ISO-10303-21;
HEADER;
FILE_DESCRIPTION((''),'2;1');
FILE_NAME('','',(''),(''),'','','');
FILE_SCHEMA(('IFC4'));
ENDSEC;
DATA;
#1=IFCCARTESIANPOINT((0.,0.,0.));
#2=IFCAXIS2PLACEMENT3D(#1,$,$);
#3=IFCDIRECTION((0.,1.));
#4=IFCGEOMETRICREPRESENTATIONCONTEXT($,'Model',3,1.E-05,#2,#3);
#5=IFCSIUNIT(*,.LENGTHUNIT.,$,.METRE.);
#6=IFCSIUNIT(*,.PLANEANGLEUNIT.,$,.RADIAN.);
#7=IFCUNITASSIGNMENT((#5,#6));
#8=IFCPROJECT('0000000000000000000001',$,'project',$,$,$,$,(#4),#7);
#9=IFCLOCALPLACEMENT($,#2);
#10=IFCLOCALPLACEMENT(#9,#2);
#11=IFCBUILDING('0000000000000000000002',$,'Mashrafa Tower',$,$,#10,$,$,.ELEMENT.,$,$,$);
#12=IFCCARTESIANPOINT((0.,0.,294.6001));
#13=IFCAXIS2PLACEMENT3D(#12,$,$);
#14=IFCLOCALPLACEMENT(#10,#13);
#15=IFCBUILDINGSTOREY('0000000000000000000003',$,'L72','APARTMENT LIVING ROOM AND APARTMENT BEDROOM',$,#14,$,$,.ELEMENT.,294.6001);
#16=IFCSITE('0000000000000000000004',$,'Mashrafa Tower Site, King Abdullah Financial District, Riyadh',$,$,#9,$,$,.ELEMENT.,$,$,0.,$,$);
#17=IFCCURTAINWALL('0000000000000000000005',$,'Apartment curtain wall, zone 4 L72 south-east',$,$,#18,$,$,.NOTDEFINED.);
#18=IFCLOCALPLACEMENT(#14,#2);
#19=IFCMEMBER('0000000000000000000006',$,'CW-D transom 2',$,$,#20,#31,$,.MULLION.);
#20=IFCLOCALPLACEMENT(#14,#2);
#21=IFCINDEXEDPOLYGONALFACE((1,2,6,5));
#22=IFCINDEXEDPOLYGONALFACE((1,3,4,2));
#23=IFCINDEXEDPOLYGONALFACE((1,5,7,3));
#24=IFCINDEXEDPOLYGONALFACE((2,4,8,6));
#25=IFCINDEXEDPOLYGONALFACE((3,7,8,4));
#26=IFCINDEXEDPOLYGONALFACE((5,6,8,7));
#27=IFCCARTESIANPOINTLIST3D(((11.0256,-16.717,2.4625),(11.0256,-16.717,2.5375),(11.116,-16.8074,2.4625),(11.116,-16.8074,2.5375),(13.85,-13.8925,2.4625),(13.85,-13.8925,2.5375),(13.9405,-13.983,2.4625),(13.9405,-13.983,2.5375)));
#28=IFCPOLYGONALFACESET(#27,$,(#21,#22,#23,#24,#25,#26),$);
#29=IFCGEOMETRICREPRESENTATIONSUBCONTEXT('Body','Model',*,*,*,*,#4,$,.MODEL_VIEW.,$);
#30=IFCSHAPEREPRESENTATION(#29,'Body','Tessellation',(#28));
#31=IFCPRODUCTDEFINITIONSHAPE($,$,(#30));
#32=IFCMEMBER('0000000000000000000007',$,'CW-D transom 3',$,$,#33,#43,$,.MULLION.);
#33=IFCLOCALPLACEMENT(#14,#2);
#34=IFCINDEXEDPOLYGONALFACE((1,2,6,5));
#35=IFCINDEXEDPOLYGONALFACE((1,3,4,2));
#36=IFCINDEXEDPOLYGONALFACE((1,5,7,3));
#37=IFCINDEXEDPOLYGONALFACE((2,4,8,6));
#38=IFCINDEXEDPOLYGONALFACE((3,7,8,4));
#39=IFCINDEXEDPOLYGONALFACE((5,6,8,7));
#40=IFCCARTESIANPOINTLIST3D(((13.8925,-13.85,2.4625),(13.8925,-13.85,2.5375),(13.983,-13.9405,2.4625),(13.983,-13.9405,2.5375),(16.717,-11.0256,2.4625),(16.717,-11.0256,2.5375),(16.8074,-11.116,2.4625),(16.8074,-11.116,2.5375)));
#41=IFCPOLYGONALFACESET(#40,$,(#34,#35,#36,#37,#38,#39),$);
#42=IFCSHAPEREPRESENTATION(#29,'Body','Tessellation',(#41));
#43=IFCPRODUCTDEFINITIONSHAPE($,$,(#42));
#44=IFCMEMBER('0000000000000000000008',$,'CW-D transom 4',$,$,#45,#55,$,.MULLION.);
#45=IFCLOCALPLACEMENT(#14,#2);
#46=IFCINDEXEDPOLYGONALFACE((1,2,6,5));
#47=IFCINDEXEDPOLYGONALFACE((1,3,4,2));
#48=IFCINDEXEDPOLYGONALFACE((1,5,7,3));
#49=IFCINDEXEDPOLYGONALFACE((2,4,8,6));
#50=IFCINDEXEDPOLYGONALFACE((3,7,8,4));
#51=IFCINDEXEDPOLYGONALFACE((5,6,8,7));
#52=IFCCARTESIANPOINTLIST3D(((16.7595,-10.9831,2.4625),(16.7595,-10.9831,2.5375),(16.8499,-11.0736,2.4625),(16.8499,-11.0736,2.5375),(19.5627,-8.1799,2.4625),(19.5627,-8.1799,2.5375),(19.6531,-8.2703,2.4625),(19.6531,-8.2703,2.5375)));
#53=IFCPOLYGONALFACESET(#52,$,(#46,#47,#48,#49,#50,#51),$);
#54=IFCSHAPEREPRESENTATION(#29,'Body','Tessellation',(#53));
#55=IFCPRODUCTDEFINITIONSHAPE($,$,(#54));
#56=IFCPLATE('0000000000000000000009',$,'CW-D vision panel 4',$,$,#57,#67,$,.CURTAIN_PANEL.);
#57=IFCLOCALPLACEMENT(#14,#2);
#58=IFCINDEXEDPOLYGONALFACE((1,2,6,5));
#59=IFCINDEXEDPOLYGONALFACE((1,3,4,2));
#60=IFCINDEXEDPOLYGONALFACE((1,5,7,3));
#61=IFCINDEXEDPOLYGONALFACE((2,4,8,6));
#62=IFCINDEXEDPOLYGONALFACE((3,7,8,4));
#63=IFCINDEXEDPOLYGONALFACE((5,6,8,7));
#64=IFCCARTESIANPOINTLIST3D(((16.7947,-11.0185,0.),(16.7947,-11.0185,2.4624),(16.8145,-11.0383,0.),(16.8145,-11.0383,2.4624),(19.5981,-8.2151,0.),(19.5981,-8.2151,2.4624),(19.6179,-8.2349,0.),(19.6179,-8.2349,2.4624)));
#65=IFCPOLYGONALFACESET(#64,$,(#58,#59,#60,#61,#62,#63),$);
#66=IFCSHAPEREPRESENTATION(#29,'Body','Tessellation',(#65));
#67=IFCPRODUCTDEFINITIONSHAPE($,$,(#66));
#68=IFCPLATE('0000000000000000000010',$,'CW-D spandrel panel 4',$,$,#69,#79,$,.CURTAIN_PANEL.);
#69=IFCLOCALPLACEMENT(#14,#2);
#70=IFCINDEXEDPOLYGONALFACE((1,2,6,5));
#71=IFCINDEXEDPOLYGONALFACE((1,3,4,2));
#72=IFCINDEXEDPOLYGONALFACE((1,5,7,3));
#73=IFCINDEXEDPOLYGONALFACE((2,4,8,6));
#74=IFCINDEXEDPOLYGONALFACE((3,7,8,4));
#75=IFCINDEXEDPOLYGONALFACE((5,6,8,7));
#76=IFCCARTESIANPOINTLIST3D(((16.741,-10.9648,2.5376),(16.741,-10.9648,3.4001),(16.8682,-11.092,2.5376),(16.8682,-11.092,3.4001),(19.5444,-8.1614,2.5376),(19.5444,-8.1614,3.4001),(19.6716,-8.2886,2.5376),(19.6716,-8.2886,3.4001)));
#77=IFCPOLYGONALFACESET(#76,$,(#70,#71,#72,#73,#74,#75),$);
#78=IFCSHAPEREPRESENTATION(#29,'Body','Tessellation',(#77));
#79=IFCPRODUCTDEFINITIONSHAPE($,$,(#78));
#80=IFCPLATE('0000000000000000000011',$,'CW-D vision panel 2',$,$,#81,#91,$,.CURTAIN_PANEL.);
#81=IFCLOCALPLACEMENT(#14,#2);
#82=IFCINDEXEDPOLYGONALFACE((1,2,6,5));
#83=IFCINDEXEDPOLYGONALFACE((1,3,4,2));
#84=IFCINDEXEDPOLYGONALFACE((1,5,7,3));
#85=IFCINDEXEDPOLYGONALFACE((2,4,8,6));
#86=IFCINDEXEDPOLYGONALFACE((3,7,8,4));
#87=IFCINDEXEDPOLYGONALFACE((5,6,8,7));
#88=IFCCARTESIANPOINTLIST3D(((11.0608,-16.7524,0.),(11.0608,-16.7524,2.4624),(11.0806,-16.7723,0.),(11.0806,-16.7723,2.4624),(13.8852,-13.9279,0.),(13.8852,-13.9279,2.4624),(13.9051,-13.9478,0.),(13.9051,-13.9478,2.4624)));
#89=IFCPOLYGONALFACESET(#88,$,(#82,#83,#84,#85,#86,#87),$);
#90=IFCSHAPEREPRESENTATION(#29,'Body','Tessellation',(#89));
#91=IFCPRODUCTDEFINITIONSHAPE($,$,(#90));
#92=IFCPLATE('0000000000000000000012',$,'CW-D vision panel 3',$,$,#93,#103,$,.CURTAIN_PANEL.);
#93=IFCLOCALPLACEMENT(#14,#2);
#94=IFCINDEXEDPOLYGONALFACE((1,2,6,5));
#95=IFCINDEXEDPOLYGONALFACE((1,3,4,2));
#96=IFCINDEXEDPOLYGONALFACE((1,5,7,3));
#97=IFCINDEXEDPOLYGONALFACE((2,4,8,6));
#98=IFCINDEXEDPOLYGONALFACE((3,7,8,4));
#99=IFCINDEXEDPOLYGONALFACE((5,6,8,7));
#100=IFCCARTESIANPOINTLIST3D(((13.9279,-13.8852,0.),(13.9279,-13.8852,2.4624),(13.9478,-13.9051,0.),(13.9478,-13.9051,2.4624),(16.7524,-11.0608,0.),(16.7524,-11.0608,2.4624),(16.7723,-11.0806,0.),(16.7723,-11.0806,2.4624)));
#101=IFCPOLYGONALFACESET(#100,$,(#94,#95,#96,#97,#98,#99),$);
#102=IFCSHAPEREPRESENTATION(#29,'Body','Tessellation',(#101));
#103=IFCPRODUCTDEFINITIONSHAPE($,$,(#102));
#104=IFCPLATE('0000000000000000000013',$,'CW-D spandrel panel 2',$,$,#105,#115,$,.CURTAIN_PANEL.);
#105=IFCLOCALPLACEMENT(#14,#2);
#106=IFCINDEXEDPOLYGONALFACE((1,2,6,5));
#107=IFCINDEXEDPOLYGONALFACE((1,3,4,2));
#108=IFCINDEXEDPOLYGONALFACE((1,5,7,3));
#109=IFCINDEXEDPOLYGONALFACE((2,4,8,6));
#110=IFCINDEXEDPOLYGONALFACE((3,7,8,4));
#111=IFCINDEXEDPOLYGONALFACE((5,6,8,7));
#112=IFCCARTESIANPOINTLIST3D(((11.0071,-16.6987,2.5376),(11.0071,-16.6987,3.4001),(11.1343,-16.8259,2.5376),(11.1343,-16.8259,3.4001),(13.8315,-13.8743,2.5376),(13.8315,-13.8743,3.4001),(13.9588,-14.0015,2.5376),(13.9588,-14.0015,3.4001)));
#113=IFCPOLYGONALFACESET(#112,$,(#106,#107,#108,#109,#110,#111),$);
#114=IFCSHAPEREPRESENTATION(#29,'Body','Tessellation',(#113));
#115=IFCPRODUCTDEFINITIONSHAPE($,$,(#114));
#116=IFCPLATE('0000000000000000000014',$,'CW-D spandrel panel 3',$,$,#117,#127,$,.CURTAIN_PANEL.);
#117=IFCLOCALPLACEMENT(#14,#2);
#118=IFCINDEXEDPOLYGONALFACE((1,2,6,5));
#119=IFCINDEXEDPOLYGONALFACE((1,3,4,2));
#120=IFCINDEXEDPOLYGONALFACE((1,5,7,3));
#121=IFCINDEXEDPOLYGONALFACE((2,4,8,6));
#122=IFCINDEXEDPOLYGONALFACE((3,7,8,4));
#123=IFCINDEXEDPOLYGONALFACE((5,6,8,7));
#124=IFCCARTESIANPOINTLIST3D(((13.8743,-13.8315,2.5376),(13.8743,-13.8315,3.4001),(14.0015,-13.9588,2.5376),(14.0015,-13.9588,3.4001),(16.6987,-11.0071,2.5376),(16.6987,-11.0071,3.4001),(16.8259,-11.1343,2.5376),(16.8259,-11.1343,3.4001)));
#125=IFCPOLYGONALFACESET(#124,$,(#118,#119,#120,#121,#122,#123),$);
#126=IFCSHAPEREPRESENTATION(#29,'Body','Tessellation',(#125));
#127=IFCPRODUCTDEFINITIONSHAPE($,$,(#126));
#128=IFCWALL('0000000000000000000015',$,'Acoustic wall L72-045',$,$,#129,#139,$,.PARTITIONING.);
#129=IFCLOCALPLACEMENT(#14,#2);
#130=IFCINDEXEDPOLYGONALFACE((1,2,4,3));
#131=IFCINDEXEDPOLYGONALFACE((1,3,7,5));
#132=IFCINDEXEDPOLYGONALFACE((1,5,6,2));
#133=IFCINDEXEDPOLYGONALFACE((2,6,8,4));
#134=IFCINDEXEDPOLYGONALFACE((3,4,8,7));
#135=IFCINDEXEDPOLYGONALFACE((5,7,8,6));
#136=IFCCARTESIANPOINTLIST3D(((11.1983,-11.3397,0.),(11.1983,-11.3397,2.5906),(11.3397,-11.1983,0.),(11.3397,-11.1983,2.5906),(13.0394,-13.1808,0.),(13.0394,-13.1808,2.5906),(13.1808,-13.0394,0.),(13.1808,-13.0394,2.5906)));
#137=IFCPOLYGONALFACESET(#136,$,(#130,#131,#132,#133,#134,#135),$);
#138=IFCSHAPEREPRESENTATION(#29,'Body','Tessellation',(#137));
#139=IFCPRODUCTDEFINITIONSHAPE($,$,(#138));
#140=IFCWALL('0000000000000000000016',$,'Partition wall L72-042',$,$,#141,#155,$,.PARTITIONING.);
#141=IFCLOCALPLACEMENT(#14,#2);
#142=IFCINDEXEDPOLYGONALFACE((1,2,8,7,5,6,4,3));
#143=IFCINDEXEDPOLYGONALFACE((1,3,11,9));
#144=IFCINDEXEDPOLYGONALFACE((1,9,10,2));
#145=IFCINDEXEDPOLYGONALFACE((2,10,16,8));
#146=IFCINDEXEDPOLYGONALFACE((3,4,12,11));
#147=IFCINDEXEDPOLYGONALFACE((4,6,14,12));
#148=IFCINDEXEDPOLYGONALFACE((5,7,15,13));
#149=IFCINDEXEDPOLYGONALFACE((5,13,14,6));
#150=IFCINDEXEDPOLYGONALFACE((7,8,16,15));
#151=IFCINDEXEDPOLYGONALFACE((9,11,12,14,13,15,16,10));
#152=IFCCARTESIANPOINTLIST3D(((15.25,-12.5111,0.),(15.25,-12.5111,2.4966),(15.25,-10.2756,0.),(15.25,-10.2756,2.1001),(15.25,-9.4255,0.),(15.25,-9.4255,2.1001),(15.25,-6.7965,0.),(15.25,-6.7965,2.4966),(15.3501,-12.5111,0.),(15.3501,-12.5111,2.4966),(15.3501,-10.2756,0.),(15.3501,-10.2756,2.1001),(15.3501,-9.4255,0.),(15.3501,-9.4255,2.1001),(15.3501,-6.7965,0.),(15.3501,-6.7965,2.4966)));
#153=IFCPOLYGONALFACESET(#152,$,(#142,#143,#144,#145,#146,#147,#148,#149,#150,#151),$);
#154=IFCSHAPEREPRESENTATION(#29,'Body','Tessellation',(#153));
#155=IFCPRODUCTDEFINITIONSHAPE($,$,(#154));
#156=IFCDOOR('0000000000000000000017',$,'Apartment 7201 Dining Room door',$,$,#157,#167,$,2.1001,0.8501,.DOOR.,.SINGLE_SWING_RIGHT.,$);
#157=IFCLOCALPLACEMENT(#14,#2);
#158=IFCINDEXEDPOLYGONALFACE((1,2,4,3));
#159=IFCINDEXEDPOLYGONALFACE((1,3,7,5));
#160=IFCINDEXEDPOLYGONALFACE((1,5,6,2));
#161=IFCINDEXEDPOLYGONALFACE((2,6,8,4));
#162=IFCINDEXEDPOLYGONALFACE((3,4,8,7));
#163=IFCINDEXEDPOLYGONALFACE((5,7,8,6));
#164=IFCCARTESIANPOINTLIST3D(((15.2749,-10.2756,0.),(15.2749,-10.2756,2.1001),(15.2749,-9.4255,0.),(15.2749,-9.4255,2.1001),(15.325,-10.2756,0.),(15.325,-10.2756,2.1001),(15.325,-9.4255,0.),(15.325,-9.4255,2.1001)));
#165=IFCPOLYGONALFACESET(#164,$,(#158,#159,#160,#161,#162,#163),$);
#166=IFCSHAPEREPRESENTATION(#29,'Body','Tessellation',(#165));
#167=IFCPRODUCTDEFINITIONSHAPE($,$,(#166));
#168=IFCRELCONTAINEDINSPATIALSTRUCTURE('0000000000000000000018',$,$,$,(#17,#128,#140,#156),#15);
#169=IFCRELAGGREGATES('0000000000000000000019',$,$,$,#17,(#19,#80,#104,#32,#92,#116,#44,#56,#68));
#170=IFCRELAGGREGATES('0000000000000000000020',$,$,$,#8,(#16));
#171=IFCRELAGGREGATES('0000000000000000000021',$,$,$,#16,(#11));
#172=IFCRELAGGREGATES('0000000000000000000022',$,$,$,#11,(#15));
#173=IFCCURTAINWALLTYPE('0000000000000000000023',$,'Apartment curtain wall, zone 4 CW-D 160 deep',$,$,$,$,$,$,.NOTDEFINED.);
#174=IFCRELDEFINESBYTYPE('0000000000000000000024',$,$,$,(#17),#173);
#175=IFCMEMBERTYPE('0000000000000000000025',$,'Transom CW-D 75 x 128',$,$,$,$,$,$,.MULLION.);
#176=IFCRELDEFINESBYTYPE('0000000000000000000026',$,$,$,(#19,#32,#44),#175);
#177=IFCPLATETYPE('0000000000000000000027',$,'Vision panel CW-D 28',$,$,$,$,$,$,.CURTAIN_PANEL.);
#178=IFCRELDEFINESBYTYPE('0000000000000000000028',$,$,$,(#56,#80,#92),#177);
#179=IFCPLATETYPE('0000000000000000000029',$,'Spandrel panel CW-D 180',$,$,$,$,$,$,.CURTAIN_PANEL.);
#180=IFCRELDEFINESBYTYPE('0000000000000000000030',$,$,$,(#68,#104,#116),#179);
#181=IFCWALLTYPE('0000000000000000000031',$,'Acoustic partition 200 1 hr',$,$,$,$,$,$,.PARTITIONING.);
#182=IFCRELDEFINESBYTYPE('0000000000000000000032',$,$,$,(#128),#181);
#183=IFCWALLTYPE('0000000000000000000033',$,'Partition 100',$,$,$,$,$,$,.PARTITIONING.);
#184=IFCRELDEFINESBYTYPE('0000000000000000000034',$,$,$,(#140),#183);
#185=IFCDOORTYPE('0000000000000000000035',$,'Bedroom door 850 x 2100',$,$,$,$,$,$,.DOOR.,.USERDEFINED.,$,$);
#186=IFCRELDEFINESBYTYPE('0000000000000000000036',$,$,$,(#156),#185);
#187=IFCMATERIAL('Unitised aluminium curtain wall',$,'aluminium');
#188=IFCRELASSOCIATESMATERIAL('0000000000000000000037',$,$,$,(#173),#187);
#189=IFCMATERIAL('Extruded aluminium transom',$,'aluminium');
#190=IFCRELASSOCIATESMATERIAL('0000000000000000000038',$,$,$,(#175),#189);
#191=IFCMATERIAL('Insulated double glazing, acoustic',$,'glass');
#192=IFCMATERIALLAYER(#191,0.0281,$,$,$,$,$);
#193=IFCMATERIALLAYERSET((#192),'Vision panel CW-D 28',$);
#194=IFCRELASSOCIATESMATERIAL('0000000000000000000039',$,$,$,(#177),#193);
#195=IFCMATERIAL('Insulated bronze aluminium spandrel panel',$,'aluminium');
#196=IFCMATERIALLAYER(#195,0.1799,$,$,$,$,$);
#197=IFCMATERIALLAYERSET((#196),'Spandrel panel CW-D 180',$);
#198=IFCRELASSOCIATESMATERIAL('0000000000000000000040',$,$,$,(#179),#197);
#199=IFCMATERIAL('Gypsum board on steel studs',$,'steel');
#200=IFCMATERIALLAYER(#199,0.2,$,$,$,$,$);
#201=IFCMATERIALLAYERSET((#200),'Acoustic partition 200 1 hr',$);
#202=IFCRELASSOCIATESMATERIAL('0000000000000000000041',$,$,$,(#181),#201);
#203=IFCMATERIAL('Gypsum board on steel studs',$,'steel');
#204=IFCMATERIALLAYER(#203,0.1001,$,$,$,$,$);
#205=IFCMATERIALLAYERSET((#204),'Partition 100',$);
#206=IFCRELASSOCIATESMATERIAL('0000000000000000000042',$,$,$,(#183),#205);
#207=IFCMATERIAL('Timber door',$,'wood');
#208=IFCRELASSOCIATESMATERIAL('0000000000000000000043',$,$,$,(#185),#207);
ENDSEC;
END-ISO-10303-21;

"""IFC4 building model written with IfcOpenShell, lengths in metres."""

from ifc_helpers import new_model, si_unit, direction, frame, frame_2d, origin, origin_2d, place, context, subcontext, project, spatial, rectangle, extrude, source, transform, mapped, material, layer, layer_set, material_profile, profile_set, type_object, type_shapes, element, fill, aggregate, save


model = new_model("IFC4")

# Units and contexts
model_context = context("Model", 3, precision=1e-05, world=origin(), true_north=direction((0.0, 1.0)))
body_context = subcontext(model_context, "Body", "Model", "MODEL_VIEW")
ifc_project = project(units=[si_unit("LENGTHUNIT", "METRE"), si_unit("PLANEANGLEUNIT", "RADIAN")], contexts=[model_context])

# Site, building, storey
site_placement = place(None, origin())
site = spatial("IfcSite", under=ifc_project, at=site_placement, Name="Mashrafa Tower Site, King Abdullah Financial District, Riyadh", CompositionType="ELEMENT", RefElevation=0.0)
building_placement = place(site_placement, origin())
building = spatial("IfcBuilding", under=site, at=building_placement, Name="Mashrafa Tower", CompositionType="ELEMENT")
storey_placement = place(building_placement, frame((0.0, 0.0, 294.6001)))
storey = spatial("IfcBuildingStorey", under=building, at=storey_placement, Name="L72", Description="APARTMENT LIVING ROOM AND APARTMENT BEDROOM", CompositionType="ELEMENT", Elevation=294.6001)

# Shared definitions
ifc_material_1 = material(Name="Unitised aluminium curtain wall", Category="aluminium")
curtain_wall_type = type_object("IfcCurtainWallType", Name="Apartment curtain wall, zone 4 CW-D 160 deep", PredefinedType="NOTDEFINED", material=ifc_material_1)

# Curtain wall
curtain_wall_1_placement = place(storey_placement, origin())
curtain_wall_1 = element("IfcCurtainWall", 1, at=curtain_wall_1_placement, inside=storey, type_object=curtain_wall_type, Name="Apartment curtain wall, zone 4 L72 south-east", PredefinedType="NOTDEFINED")

# Members
ifc_material_2 = material(Name="Extruded aluminium transom", Category="aluminium")
ifc_material_profile_1 = material_profile(ifc_material_2, rectangle(XDim=0.1279, YDim=0.075, at=origin_2d()), Name="Transom 75x128")
ifc_profile_set_1 = profile_set([ifc_material_profile_1], Name="Extruded aluminium transom")
member_type_1 = type_object("IfcMemberType", Name="Transom CW-D 75 x 128", PredefinedType="MULLION", material=ifc_profile_set_1)
shared_shape_1 = source(origin(), body_context, "Body", "SweptSolid", [
    extrude(rectangle(XDim=0.1279, YDim=0.075, at=origin_2d()), origin(), (0.0, 0.0, 1.0), 3.9944),
])
member_1_placement = place(storey_placement, frame((11.0708, -16.7622, 2.5), z_axis=(0.707107, 0.707107, 0.0), x_axis=(-0.707107, 0.707107, 0.0)))
member_1 = element("IfcMember", 2, at=member_1_placement, type_object=member_type_1, Name="CW-D transom 2", PredefinedType="MULLION", context=body_context, shape_type="MappedRepresentation", body=[
    mapped(shared_shape_1, transform((0.0, 0.0, 0.0))),
])
member_2_placement = place(storey_placement, frame((13.9377, -13.8953, 2.5), z_axis=(0.707107, 0.707107, 0.0), x_axis=(-0.707107, 0.707107, 0.0)))
member_2 = element("IfcMember", 3, at=member_2_placement, type_object=member_type_1, Name="CW-D transom 3", PredefinedType="MULLION", context=body_context, shape_type="MappedRepresentation", body=[
    mapped(shared_shape_1, transform((0.0, 0.0, 0.0))),
])
shared_shape_2 = source(origin(), body_context, "Body", "SweptSolid", [
    extrude(rectangle(XDim=0.1279, YDim=0.075, at=origin_2d()), origin(), (0.0, 0.0, 1.0), 3.9644),
])
member_3_placement = place(storey_placement, frame((16.8047, -11.0283, 2.5), z_axis=(0.707107, 0.707107, 0.0), x_axis=(-0.707107, 0.707107, 0.0)))
member_3 = element("IfcMember", 4, at=member_3_placement, type_object=member_type_1, Name="CW-D transom 4", PredefinedType="MULLION", context=body_context, shape_type="MappedRepresentation", body=[
    mapped(shared_shape_2, transform((0.0, 0.0, 0.0))),
])

# Plates
ifc_material_3 = material(Name="Insulated double glazing, acoustic", Category="glass")
ifc_layer_1 = layer(ifc_material_3, 0.0281)
ifc_layer_set_1 = layer_set([ifc_layer_1], Name="Vision panel CW-D 28")
plate_type_1 = type_object("IfcPlateType", Name="Vision panel CW-D 28", PredefinedType="CURTAIN_PANEL", material=ifc_layer_set_1)
shared_shape_3 = source(origin(), body_context, "Body", "SweptSolid", [
    extrude(rectangle(XDim=3.9646, YDim=0.0281, at=origin_2d()), origin(), (0.0, 0.0, 1.0), 2.4624),
])
plate_1_placement = place(storey_placement, frame((18.2063, -9.6267, 0.0), z_axis=(0.0, 0.0, 1.0), x_axis=(0.707107, 0.707107, 0.0)))
plate_1 = element("IfcPlate", 5, at=plate_1_placement, type_object=plate_type_1, Name="CW-D vision panel 4", PredefinedType="CURTAIN_PANEL", context=body_context, shape_type="MappedRepresentation", body=[
    mapped(shared_shape_3, transform((0.0, 0.0, 0.0))),
])
ifc_material_4 = material(Name="Insulated bronze aluminium spandrel panel", Category="aluminium")
ifc_layer_2 = layer(ifc_material_4, 0.1799)
ifc_layer_set_2 = layer_set([ifc_layer_2], Name="Spandrel panel CW-D 180")
plate_type_2 = type_object("IfcPlateType", Name="Spandrel panel CW-D 180", PredefinedType="CURTAIN_PANEL", material=ifc_layer_set_2)
shared_shape_4 = source(origin(), body_context, "Body", "SweptSolid", [
    extrude(rectangle(XDim=3.9646, YDim=0.1799, at=origin_2d()), origin(), (0.0, 0.0, 1.0), 0.8625),
])
plate_2_placement = place(storey_placement, frame((18.2063, -9.6267, 2.5376), z_axis=(0.0, 0.0, 1.0), x_axis=(0.707107, 0.707107, 0.0)))
plate_2 = element("IfcPlate", 6, at=plate_2_placement, type_object=plate_type_2, Name="CW-D spandrel panel 4", PredefinedType="CURTAIN_PANEL", context=body_context, shape_type="MappedRepresentation", body=[
    mapped(shared_shape_4, transform((0.0, 0.0, 0.0))),
])
shared_shape_5 = source(origin(), body_context, "Body", "SweptSolid", [
    extrude(rectangle(XDim=3.9944, YDim=0.0281, at=origin_2d()), origin(), (0.0, 0.0, 1.0), 2.4624),
])
type_shapes(plate_type_1, [shared_shape_3, shared_shape_5])
plate_3_placement = place(storey_placement, frame((12.4829, -15.3501, 0.0), z_axis=(0.0, 0.0, 1.0), x_axis=(0.707107, 0.707107, 0.0)))
plate_3 = element("IfcPlate", 7, at=plate_3_placement, type_object=plate_type_1, Name="CW-D vision panel 2", PredefinedType="CURTAIN_PANEL", context=body_context, shape_type="MappedRepresentation", body=[
    mapped(shared_shape_5, transform((0.0, 0.0, 0.0))),
])
plate_4_placement = place(storey_placement, frame((15.3501, -12.4829, 0.0), z_axis=(0.0, 0.0, 1.0), x_axis=(0.707107, 0.707107, 0.0)))
plate_4 = element("IfcPlate", 8, at=plate_4_placement, type_object=plate_type_1, Name="CW-D vision panel 3", PredefinedType="CURTAIN_PANEL", context=body_context, shape_type="MappedRepresentation", body=[
    mapped(shared_shape_5, transform((0.0, 0.0, 0.0))),
])
shared_shape_6 = source(origin(), body_context, "Body", "SweptSolid", [
    extrude(rectangle(XDim=3.9944, YDim=0.1799, at=origin_2d()), origin(), (0.0, 0.0, 1.0), 0.8625),
])
type_shapes(plate_type_2, [shared_shape_4, shared_shape_6])
plate_5_placement = place(storey_placement, frame((12.4829, -15.3501, 2.5376), z_axis=(0.0, 0.0, 1.0), x_axis=(0.707107, 0.707107, 0.0)))
plate_5 = element("IfcPlate", 9, at=plate_5_placement, type_object=plate_type_2, Name="CW-D spandrel panel 2", PredefinedType="CURTAIN_PANEL", context=body_context, shape_type="MappedRepresentation", body=[
    mapped(shared_shape_6, transform((0.0, 0.0, 0.0))),
])
plate_6_placement = place(storey_placement, frame((15.3501, -12.4829, 2.5376), z_axis=(0.0, 0.0, 1.0), x_axis=(0.707107, 0.707107, 0.0)))
plate_6 = element("IfcPlate", 10, at=plate_6_placement, type_object=plate_type_2, Name="CW-D spandrel panel 3", PredefinedType="CURTAIN_PANEL", context=body_context, shape_type="MappedRepresentation", body=[
    mapped(shared_shape_6, transform((0.0, 0.0, 0.0))),
])
aggregate(curtain_wall_1, [member_1, plate_3, plate_5, member_2, plate_4, plate_6, member_3, plate_1, plate_2])

# Wall
ifc_material_5 = material(Name="Gypsum board on steel studs", Category="steel")
ifc_layer_3 = layer(ifc_material_5, 0.2)
ifc_layer_set_3 = layer_set([ifc_layer_3], Name="Acoustic partition 200 1 hr")
wall_type_1 = type_object("IfcWallType", Name="Acoustic partition 200 1 hr", PredefinedType="PARTITIONING", material=ifc_layer_set_3)
wall_1_placement = place(storey_placement, frame((11.269, -11.269, 0.0), z_axis=(0.0, 0.0, 1.0), x_axis=(0.707107, -0.707107, 0.0)))
element("IfcWall", 11, at=wall_1_placement, inside=storey, type_object=wall_type_1, Name="Acoustic wall L72-045", PredefinedType="PARTITIONING", context=body_context, shape_type="SweptSolid", body=[
    extrude(rectangle(XDim=2.6038, YDim=0.2, at=frame_2d((1.3018, 0.0))), origin(), (0.0, 0.0, 1.0), 2.5906),
])

# Wall, opening, door
ifc_material_6 = material(Name="Gypsum board on steel studs", Category="steel")
ifc_layer_4 = layer(ifc_material_6, 0.1001)
ifc_layer_set_4 = layer_set([ifc_layer_4], Name="Partition 100")
wall_type_2 = type_object("IfcWallType", Name="Partition 100", PredefinedType="PARTITIONING", material=ifc_layer_set_4)
wall_2_placement = place(storey_placement, frame((15.3, -12.5112, 0.0), z_axis=(0.0, 0.0, 1.0), x_axis=(0.0, 1.0, 0.0)))
wall_2 = element("IfcWall", 12, at=wall_2_placement, inside=storey, type_object=wall_type_2, Name="Partition wall L72-042", PredefinedType="PARTITIONING", context=body_context, shape_type="SweptSolid", body=[
    extrude(rectangle(XDim=5.7146, YDim=0.1001, at=frame_2d((2.8574, 0.0))), origin(), (0.0, 0.0, 1.0), 2.4966),
])
opening_placement = place(wall_2_placement, frame((2.2356, 0.0, 0.0)))
opening = element("IfcOpeningElement", 13, at=opening_placement, cuts=wall_2, PredefinedType="OPENING", context=body_context, shape_type="SweptSolid", body=[
    extrude(rectangle(XDim=0.8501, YDim=2.1001, at=frame_2d((0.425, 1.05))), frame((0.0, 0.0601, 0.0), z_axis=(0.0, -1.0, 0.0), x_axis=(1.0, 0.0, 0.0)), (0.0, 0.0, 1.0), 0.1201),
])
ifc_material_7 = material(Name="Timber door", Category="wood")
door_type = type_object("IfcDoorType", Name="Bedroom door 850 x 2100", OperationType="USERDEFINED", PredefinedType="DOOR", material=ifc_material_7)
door_placement = place(opening_placement, frame((0.8501, 0.0, 0.0), z_axis=(0.0, 0.0, 1.0), x_axis=(-1.0, 0.0, 0.0)))
door = element("IfcDoor", 14, at=door_placement, inside=storey, type_object=door_type, Name="Apartment 7201 Dining Room door", OperationType="SINGLE_SWING_RIGHT", OverallHeight=2.1001, OverallWidth=0.8501, PredefinedType="DOOR", context=body_context, shape_type="SweptSolid", body=[
    extrude(rectangle(XDim=0.8501, YDim=2.1001, at=frame_2d((0.425, 1.05))), frame((0.0, 0.0249, 0.0), z_axis=(0.0, -1.0, 0.0), x_axis=(1.0, 0.0, 0.0)), (0.0, 0.0, 1.0), 0.05),
])
fill(opening, door)

save(model, "model.ifc")
